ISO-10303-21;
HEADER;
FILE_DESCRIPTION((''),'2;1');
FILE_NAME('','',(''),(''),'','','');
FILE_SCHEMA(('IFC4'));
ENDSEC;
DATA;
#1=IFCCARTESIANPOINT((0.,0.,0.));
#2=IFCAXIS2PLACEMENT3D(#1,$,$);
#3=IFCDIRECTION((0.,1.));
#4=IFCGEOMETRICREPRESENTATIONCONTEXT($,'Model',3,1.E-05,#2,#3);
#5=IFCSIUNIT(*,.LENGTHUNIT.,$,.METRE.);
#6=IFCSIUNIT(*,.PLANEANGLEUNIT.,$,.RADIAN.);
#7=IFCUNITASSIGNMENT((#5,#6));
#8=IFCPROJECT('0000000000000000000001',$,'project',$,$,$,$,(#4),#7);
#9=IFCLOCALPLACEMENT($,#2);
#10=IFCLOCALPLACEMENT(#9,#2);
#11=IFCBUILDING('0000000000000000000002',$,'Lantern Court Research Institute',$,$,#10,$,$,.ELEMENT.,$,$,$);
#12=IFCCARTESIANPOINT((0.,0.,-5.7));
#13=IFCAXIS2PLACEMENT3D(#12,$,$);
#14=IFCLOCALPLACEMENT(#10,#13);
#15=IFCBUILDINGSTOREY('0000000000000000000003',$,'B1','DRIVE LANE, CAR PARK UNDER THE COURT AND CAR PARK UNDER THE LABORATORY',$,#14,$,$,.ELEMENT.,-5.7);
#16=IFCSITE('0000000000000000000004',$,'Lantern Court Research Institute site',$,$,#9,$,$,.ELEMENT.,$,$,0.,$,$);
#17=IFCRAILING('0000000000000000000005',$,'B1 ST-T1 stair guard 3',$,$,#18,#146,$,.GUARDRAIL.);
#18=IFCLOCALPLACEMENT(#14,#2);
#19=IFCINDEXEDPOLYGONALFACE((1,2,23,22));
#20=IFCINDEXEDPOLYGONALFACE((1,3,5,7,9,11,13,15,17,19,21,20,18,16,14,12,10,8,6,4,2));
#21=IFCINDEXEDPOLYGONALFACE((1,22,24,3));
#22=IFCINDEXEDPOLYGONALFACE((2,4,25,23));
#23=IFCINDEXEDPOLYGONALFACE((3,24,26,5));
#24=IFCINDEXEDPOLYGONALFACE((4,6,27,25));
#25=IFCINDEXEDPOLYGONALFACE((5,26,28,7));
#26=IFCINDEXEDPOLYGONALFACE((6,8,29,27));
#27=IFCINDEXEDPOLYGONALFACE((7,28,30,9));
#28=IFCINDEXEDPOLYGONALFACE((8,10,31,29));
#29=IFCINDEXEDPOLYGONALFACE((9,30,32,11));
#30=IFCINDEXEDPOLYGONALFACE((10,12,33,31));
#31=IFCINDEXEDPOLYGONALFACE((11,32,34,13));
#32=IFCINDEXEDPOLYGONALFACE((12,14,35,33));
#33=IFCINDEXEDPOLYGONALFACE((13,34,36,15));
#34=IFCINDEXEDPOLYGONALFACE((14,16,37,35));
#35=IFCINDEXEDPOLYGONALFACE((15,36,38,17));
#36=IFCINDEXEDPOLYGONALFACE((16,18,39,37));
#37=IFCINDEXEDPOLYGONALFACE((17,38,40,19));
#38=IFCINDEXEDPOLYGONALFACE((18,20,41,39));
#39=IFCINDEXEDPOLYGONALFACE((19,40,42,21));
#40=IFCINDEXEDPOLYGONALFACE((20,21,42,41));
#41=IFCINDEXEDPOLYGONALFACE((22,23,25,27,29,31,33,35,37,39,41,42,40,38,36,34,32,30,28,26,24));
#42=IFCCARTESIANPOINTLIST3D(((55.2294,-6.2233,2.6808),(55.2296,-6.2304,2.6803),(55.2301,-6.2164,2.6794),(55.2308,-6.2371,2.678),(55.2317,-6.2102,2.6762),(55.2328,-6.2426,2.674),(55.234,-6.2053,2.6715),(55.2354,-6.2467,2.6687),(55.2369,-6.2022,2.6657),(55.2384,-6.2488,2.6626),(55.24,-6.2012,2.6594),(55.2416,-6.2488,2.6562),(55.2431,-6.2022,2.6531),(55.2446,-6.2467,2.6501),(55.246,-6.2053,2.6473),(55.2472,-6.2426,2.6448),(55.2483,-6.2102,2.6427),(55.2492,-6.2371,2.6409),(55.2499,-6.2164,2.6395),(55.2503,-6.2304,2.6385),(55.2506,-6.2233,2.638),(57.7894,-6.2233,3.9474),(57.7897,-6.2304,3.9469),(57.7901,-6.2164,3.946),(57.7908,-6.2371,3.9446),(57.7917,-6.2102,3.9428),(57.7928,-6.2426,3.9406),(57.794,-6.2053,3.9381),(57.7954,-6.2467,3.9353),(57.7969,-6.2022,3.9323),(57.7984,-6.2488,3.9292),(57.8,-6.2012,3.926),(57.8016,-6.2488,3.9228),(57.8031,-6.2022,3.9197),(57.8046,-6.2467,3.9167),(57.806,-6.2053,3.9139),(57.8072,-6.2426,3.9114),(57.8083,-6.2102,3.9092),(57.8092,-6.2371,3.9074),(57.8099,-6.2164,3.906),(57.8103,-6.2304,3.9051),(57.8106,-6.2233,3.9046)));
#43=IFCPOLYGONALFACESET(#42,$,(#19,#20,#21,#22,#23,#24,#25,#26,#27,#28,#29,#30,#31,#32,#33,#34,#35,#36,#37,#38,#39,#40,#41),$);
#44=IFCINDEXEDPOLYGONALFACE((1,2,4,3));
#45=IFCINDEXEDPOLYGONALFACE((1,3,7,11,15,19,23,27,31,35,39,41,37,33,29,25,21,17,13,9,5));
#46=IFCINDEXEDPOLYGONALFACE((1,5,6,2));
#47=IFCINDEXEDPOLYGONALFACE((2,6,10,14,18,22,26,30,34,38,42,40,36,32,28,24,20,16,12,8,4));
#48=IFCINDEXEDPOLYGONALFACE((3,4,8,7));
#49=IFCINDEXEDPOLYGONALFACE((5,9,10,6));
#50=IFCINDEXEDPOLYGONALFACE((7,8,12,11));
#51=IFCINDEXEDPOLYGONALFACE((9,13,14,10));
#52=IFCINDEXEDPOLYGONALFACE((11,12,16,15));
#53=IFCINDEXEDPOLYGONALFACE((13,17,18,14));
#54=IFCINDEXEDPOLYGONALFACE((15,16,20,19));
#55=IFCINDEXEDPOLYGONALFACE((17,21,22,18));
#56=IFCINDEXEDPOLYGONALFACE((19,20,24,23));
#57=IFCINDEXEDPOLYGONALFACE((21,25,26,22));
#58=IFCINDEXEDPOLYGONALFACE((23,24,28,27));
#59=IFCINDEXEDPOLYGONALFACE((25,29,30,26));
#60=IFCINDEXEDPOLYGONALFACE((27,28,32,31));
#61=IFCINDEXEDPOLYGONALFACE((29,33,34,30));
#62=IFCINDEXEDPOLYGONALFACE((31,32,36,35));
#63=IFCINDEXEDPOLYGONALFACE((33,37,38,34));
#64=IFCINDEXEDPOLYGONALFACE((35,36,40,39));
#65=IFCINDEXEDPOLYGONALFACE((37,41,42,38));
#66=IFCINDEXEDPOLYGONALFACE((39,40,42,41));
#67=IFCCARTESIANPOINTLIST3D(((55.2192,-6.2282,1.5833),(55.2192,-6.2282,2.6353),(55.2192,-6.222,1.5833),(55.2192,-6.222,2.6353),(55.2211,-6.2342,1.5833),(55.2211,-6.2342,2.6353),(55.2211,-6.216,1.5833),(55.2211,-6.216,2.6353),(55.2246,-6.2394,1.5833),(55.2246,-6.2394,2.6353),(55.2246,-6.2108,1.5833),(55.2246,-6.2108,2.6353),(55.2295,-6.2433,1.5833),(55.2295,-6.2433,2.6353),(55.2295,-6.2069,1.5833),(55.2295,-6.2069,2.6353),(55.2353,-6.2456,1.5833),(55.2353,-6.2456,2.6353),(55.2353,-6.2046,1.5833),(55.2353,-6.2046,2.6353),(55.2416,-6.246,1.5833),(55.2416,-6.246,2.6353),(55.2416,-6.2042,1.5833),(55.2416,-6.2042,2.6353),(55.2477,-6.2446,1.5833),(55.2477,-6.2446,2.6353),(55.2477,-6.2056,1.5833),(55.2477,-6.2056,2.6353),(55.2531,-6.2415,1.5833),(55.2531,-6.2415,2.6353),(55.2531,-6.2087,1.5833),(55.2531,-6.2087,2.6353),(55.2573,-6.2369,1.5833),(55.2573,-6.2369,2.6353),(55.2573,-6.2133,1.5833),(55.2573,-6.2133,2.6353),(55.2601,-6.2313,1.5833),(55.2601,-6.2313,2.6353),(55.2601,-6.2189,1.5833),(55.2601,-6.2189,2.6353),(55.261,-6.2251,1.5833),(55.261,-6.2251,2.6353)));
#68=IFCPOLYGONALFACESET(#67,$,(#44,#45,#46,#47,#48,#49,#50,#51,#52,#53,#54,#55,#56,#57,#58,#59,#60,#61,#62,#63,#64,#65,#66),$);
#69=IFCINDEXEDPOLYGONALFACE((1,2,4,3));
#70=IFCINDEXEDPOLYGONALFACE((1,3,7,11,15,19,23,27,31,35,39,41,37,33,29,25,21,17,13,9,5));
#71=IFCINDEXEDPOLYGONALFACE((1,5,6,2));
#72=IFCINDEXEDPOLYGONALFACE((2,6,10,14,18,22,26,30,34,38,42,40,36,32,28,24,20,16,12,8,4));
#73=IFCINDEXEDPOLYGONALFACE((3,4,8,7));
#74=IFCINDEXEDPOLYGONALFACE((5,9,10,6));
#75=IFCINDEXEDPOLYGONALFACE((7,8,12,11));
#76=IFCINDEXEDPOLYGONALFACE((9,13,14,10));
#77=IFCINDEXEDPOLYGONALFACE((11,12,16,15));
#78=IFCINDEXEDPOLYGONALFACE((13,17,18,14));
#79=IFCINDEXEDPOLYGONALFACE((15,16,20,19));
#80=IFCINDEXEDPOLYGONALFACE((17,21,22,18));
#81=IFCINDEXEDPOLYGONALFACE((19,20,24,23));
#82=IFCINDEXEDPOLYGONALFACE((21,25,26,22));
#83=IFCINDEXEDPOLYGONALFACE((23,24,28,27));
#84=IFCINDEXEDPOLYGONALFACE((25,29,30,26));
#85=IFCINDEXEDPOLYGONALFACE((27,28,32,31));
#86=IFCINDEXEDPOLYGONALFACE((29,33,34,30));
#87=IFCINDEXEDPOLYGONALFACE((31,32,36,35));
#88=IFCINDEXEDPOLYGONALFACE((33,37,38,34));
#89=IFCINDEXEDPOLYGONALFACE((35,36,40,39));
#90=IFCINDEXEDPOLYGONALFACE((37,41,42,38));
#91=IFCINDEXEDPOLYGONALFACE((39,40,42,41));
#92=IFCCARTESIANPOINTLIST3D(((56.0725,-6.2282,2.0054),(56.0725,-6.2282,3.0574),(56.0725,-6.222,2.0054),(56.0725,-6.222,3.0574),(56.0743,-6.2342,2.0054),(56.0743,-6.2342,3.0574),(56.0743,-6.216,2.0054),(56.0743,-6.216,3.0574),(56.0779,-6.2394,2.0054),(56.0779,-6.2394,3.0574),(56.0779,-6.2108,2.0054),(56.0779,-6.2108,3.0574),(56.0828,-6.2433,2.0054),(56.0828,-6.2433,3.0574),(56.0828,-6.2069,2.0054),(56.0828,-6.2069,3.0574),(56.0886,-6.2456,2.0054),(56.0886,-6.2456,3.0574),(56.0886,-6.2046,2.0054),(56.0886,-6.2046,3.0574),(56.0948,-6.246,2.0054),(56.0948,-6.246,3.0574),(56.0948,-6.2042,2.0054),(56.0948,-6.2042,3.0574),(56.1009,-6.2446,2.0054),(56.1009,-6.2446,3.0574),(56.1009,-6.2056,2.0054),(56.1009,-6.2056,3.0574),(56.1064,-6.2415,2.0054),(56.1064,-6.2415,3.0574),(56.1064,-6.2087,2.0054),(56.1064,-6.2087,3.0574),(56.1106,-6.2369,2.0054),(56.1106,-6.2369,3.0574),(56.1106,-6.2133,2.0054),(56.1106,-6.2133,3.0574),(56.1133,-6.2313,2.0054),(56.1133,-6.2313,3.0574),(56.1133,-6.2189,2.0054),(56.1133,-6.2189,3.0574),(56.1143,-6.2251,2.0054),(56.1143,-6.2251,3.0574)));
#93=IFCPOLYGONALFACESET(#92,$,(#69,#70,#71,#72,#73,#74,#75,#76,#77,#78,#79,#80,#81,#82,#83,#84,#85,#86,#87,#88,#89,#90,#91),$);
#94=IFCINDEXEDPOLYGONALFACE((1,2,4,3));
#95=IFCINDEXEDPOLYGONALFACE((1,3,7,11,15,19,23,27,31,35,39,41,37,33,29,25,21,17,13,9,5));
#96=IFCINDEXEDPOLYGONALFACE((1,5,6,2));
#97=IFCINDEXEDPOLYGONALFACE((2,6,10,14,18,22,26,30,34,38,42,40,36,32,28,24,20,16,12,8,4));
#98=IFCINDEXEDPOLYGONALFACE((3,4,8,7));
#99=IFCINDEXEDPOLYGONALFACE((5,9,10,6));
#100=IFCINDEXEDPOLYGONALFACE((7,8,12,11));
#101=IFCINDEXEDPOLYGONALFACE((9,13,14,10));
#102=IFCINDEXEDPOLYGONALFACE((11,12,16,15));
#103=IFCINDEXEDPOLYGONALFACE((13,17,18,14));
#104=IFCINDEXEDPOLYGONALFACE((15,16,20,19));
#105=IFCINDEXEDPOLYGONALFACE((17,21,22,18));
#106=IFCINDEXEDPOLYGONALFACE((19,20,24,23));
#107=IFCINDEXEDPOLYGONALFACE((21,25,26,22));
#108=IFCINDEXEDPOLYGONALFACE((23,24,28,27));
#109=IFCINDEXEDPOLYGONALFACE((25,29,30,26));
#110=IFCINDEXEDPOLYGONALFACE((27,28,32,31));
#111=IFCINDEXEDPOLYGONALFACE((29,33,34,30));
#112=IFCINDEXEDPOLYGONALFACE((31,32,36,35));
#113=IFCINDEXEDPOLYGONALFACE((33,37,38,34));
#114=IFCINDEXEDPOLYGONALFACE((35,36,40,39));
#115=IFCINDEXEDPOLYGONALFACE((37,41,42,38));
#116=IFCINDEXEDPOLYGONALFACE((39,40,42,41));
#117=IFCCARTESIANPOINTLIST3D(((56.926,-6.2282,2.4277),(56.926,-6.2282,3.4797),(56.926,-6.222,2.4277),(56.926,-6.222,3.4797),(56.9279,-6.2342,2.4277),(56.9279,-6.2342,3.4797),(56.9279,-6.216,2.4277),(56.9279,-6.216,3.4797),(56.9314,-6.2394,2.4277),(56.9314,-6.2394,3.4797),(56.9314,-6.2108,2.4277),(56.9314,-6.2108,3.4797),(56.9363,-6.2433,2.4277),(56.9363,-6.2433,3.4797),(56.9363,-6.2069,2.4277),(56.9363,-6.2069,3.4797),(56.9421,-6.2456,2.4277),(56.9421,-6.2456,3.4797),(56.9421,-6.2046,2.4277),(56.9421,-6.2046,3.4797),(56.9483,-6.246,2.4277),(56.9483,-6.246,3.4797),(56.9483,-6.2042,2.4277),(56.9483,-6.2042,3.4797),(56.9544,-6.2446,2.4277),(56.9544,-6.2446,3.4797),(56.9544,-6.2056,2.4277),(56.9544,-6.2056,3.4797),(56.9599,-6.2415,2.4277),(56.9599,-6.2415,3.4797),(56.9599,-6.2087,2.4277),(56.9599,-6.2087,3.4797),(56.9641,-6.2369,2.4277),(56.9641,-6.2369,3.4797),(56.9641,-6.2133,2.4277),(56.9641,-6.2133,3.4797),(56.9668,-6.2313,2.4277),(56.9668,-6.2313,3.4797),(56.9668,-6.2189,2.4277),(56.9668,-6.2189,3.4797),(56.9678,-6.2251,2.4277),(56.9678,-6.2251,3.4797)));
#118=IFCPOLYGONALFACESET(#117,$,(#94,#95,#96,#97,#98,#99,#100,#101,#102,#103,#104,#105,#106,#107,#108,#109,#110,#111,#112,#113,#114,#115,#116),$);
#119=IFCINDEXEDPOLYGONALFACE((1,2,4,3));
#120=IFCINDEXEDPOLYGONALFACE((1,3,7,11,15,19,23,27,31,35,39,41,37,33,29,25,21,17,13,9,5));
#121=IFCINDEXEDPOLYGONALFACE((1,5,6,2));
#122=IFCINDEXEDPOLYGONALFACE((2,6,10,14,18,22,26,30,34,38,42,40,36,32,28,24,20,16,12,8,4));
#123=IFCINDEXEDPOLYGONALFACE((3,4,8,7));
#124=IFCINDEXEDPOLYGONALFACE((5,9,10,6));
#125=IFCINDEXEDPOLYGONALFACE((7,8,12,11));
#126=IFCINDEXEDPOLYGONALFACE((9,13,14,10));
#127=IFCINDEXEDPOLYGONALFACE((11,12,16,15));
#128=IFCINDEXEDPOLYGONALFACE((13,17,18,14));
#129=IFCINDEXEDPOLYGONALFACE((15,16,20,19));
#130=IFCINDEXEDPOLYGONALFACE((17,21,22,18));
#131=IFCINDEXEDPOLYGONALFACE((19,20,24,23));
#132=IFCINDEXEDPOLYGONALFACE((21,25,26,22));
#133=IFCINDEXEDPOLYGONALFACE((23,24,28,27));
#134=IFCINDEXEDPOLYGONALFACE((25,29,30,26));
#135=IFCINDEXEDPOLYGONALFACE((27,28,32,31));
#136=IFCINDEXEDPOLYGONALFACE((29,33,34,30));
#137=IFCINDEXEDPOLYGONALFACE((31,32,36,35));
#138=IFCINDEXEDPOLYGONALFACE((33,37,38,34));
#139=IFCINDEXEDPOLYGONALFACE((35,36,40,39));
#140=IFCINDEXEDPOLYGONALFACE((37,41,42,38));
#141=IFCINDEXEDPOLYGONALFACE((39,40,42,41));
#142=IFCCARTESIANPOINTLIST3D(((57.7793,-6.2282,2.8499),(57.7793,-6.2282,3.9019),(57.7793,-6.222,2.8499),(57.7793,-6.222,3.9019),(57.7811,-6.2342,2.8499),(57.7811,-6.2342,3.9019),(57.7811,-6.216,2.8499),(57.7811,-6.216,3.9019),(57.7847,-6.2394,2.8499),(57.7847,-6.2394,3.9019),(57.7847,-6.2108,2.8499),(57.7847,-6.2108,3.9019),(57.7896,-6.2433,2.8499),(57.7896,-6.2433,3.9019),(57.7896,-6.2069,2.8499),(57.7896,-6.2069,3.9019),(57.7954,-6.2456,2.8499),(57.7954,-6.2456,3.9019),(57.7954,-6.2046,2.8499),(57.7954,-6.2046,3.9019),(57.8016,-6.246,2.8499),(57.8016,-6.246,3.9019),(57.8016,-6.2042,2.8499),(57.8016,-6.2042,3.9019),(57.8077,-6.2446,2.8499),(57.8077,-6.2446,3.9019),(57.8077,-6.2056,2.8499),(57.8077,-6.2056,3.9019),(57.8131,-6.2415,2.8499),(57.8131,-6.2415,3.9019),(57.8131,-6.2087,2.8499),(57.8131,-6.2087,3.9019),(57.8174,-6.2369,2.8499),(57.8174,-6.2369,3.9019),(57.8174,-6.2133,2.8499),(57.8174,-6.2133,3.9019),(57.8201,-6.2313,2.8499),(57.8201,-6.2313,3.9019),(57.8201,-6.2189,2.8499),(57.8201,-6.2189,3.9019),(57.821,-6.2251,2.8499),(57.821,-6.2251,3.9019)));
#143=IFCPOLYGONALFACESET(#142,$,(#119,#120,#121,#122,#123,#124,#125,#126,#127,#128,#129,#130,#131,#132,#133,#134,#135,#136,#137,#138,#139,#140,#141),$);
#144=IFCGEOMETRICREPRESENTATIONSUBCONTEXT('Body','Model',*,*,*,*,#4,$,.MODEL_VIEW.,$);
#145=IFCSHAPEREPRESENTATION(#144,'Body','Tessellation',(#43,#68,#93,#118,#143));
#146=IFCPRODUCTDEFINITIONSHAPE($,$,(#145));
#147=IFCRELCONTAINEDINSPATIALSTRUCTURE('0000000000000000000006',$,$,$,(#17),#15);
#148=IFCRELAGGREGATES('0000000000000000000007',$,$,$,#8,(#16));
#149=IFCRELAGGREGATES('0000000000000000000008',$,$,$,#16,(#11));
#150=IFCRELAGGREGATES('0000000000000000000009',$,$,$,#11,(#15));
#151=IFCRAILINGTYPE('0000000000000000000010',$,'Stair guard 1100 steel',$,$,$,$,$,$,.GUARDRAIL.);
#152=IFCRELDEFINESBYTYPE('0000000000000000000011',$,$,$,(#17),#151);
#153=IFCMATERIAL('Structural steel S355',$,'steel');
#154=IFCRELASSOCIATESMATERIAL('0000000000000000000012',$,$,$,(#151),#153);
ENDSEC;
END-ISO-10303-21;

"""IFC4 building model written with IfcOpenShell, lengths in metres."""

from ifc_helpers import new_model, si_unit, direction, frame, origin, origin_2d, place, context, subcontext, project, spatial, circle, extrude, material, type_object, element, save


model = new_model("IFC4")

# Units and contexts
model_context = context("Model", 3, precision=1e-05, world=origin(), true_north=direction((0.0, 1.0)))
body_context = subcontext(model_context, "Body", "Model", "MODEL_VIEW")
ifc_project = project(units=[si_unit("LENGTHUNIT", "METRE"), si_unit("PLANEANGLEUNIT", "RADIAN")], contexts=[model_context])

# Site, building, storey
site_placement = place(None, origin())
site = spatial("IfcSite", under=ifc_project, at=site_placement, Name="Lantern Court Research Institute site", CompositionType="ELEMENT", RefElevation=0.0)
building_placement = place(site_placement, origin())
building = spatial("IfcBuilding", under=site, at=building_placement, Name="Lantern Court Research Institute", CompositionType="ELEMENT")
storey_placement = place(building_placement, frame((0.0, 0.0, -5.7)))
storey = spatial("IfcBuildingStorey", under=building, at=storey_placement, Name="B1", Description="DRIVE LANE, CAR PARK UNDER THE COURT AND CAR PARK UNDER THE LABORATORY", CompositionType="ELEMENT", Elevation=-5.7)

# Railing
ifc_material_1 = material(Name="Structural steel S355", Category="steel")
railing_type_1 = type_object("IfcRailingType", Name="Stair guard 1100 steel", PredefinedType="GUARDRAIL", material=ifc_material_1)
railing_1_placement = place(storey_placement, frame((55.24, -6.2251, 1.5833)))
element("IfcRailing", 1, at=railing_1_placement, inside=storey, type_object=railing_type_1, Name="B1 ST-T1 stair guard 3", PredefinedType="GUARDRAIL", context=body_context, shape_type="SweptSolid", body=[
    extrude(circle(Radius=0.0239, at=origin_2d()), frame((0.0, 0.0, 1.0762), z_axis=(0.8963, 0.0, 0.443449), x_axis=(0.0, 1.0, 0.0)), (0.0, 0.0, 1.0), 2.8562),
    extrude(circle(Radius=0.021, at=origin_2d()), origin(), (0.0, 0.0, 1.0), 1.052),
    extrude(circle(Radius=0.021, at=origin_2d()), frame((0.8533, 0.0, 0.4221)), (0.0, 0.0, 1.0), 1.052),
    extrude(circle(Radius=0.021, at=origin_2d()), frame((1.7068, 0.0, 0.8445)), (0.0, 0.0, 1.0), 1.052),
    extrude(circle(Radius=0.021, at=origin_2d()), frame((2.5601, 0.0, 1.2666)), (0.0, 0.0, 1.0), 1.052),
])

save(model, "model.ifc")
